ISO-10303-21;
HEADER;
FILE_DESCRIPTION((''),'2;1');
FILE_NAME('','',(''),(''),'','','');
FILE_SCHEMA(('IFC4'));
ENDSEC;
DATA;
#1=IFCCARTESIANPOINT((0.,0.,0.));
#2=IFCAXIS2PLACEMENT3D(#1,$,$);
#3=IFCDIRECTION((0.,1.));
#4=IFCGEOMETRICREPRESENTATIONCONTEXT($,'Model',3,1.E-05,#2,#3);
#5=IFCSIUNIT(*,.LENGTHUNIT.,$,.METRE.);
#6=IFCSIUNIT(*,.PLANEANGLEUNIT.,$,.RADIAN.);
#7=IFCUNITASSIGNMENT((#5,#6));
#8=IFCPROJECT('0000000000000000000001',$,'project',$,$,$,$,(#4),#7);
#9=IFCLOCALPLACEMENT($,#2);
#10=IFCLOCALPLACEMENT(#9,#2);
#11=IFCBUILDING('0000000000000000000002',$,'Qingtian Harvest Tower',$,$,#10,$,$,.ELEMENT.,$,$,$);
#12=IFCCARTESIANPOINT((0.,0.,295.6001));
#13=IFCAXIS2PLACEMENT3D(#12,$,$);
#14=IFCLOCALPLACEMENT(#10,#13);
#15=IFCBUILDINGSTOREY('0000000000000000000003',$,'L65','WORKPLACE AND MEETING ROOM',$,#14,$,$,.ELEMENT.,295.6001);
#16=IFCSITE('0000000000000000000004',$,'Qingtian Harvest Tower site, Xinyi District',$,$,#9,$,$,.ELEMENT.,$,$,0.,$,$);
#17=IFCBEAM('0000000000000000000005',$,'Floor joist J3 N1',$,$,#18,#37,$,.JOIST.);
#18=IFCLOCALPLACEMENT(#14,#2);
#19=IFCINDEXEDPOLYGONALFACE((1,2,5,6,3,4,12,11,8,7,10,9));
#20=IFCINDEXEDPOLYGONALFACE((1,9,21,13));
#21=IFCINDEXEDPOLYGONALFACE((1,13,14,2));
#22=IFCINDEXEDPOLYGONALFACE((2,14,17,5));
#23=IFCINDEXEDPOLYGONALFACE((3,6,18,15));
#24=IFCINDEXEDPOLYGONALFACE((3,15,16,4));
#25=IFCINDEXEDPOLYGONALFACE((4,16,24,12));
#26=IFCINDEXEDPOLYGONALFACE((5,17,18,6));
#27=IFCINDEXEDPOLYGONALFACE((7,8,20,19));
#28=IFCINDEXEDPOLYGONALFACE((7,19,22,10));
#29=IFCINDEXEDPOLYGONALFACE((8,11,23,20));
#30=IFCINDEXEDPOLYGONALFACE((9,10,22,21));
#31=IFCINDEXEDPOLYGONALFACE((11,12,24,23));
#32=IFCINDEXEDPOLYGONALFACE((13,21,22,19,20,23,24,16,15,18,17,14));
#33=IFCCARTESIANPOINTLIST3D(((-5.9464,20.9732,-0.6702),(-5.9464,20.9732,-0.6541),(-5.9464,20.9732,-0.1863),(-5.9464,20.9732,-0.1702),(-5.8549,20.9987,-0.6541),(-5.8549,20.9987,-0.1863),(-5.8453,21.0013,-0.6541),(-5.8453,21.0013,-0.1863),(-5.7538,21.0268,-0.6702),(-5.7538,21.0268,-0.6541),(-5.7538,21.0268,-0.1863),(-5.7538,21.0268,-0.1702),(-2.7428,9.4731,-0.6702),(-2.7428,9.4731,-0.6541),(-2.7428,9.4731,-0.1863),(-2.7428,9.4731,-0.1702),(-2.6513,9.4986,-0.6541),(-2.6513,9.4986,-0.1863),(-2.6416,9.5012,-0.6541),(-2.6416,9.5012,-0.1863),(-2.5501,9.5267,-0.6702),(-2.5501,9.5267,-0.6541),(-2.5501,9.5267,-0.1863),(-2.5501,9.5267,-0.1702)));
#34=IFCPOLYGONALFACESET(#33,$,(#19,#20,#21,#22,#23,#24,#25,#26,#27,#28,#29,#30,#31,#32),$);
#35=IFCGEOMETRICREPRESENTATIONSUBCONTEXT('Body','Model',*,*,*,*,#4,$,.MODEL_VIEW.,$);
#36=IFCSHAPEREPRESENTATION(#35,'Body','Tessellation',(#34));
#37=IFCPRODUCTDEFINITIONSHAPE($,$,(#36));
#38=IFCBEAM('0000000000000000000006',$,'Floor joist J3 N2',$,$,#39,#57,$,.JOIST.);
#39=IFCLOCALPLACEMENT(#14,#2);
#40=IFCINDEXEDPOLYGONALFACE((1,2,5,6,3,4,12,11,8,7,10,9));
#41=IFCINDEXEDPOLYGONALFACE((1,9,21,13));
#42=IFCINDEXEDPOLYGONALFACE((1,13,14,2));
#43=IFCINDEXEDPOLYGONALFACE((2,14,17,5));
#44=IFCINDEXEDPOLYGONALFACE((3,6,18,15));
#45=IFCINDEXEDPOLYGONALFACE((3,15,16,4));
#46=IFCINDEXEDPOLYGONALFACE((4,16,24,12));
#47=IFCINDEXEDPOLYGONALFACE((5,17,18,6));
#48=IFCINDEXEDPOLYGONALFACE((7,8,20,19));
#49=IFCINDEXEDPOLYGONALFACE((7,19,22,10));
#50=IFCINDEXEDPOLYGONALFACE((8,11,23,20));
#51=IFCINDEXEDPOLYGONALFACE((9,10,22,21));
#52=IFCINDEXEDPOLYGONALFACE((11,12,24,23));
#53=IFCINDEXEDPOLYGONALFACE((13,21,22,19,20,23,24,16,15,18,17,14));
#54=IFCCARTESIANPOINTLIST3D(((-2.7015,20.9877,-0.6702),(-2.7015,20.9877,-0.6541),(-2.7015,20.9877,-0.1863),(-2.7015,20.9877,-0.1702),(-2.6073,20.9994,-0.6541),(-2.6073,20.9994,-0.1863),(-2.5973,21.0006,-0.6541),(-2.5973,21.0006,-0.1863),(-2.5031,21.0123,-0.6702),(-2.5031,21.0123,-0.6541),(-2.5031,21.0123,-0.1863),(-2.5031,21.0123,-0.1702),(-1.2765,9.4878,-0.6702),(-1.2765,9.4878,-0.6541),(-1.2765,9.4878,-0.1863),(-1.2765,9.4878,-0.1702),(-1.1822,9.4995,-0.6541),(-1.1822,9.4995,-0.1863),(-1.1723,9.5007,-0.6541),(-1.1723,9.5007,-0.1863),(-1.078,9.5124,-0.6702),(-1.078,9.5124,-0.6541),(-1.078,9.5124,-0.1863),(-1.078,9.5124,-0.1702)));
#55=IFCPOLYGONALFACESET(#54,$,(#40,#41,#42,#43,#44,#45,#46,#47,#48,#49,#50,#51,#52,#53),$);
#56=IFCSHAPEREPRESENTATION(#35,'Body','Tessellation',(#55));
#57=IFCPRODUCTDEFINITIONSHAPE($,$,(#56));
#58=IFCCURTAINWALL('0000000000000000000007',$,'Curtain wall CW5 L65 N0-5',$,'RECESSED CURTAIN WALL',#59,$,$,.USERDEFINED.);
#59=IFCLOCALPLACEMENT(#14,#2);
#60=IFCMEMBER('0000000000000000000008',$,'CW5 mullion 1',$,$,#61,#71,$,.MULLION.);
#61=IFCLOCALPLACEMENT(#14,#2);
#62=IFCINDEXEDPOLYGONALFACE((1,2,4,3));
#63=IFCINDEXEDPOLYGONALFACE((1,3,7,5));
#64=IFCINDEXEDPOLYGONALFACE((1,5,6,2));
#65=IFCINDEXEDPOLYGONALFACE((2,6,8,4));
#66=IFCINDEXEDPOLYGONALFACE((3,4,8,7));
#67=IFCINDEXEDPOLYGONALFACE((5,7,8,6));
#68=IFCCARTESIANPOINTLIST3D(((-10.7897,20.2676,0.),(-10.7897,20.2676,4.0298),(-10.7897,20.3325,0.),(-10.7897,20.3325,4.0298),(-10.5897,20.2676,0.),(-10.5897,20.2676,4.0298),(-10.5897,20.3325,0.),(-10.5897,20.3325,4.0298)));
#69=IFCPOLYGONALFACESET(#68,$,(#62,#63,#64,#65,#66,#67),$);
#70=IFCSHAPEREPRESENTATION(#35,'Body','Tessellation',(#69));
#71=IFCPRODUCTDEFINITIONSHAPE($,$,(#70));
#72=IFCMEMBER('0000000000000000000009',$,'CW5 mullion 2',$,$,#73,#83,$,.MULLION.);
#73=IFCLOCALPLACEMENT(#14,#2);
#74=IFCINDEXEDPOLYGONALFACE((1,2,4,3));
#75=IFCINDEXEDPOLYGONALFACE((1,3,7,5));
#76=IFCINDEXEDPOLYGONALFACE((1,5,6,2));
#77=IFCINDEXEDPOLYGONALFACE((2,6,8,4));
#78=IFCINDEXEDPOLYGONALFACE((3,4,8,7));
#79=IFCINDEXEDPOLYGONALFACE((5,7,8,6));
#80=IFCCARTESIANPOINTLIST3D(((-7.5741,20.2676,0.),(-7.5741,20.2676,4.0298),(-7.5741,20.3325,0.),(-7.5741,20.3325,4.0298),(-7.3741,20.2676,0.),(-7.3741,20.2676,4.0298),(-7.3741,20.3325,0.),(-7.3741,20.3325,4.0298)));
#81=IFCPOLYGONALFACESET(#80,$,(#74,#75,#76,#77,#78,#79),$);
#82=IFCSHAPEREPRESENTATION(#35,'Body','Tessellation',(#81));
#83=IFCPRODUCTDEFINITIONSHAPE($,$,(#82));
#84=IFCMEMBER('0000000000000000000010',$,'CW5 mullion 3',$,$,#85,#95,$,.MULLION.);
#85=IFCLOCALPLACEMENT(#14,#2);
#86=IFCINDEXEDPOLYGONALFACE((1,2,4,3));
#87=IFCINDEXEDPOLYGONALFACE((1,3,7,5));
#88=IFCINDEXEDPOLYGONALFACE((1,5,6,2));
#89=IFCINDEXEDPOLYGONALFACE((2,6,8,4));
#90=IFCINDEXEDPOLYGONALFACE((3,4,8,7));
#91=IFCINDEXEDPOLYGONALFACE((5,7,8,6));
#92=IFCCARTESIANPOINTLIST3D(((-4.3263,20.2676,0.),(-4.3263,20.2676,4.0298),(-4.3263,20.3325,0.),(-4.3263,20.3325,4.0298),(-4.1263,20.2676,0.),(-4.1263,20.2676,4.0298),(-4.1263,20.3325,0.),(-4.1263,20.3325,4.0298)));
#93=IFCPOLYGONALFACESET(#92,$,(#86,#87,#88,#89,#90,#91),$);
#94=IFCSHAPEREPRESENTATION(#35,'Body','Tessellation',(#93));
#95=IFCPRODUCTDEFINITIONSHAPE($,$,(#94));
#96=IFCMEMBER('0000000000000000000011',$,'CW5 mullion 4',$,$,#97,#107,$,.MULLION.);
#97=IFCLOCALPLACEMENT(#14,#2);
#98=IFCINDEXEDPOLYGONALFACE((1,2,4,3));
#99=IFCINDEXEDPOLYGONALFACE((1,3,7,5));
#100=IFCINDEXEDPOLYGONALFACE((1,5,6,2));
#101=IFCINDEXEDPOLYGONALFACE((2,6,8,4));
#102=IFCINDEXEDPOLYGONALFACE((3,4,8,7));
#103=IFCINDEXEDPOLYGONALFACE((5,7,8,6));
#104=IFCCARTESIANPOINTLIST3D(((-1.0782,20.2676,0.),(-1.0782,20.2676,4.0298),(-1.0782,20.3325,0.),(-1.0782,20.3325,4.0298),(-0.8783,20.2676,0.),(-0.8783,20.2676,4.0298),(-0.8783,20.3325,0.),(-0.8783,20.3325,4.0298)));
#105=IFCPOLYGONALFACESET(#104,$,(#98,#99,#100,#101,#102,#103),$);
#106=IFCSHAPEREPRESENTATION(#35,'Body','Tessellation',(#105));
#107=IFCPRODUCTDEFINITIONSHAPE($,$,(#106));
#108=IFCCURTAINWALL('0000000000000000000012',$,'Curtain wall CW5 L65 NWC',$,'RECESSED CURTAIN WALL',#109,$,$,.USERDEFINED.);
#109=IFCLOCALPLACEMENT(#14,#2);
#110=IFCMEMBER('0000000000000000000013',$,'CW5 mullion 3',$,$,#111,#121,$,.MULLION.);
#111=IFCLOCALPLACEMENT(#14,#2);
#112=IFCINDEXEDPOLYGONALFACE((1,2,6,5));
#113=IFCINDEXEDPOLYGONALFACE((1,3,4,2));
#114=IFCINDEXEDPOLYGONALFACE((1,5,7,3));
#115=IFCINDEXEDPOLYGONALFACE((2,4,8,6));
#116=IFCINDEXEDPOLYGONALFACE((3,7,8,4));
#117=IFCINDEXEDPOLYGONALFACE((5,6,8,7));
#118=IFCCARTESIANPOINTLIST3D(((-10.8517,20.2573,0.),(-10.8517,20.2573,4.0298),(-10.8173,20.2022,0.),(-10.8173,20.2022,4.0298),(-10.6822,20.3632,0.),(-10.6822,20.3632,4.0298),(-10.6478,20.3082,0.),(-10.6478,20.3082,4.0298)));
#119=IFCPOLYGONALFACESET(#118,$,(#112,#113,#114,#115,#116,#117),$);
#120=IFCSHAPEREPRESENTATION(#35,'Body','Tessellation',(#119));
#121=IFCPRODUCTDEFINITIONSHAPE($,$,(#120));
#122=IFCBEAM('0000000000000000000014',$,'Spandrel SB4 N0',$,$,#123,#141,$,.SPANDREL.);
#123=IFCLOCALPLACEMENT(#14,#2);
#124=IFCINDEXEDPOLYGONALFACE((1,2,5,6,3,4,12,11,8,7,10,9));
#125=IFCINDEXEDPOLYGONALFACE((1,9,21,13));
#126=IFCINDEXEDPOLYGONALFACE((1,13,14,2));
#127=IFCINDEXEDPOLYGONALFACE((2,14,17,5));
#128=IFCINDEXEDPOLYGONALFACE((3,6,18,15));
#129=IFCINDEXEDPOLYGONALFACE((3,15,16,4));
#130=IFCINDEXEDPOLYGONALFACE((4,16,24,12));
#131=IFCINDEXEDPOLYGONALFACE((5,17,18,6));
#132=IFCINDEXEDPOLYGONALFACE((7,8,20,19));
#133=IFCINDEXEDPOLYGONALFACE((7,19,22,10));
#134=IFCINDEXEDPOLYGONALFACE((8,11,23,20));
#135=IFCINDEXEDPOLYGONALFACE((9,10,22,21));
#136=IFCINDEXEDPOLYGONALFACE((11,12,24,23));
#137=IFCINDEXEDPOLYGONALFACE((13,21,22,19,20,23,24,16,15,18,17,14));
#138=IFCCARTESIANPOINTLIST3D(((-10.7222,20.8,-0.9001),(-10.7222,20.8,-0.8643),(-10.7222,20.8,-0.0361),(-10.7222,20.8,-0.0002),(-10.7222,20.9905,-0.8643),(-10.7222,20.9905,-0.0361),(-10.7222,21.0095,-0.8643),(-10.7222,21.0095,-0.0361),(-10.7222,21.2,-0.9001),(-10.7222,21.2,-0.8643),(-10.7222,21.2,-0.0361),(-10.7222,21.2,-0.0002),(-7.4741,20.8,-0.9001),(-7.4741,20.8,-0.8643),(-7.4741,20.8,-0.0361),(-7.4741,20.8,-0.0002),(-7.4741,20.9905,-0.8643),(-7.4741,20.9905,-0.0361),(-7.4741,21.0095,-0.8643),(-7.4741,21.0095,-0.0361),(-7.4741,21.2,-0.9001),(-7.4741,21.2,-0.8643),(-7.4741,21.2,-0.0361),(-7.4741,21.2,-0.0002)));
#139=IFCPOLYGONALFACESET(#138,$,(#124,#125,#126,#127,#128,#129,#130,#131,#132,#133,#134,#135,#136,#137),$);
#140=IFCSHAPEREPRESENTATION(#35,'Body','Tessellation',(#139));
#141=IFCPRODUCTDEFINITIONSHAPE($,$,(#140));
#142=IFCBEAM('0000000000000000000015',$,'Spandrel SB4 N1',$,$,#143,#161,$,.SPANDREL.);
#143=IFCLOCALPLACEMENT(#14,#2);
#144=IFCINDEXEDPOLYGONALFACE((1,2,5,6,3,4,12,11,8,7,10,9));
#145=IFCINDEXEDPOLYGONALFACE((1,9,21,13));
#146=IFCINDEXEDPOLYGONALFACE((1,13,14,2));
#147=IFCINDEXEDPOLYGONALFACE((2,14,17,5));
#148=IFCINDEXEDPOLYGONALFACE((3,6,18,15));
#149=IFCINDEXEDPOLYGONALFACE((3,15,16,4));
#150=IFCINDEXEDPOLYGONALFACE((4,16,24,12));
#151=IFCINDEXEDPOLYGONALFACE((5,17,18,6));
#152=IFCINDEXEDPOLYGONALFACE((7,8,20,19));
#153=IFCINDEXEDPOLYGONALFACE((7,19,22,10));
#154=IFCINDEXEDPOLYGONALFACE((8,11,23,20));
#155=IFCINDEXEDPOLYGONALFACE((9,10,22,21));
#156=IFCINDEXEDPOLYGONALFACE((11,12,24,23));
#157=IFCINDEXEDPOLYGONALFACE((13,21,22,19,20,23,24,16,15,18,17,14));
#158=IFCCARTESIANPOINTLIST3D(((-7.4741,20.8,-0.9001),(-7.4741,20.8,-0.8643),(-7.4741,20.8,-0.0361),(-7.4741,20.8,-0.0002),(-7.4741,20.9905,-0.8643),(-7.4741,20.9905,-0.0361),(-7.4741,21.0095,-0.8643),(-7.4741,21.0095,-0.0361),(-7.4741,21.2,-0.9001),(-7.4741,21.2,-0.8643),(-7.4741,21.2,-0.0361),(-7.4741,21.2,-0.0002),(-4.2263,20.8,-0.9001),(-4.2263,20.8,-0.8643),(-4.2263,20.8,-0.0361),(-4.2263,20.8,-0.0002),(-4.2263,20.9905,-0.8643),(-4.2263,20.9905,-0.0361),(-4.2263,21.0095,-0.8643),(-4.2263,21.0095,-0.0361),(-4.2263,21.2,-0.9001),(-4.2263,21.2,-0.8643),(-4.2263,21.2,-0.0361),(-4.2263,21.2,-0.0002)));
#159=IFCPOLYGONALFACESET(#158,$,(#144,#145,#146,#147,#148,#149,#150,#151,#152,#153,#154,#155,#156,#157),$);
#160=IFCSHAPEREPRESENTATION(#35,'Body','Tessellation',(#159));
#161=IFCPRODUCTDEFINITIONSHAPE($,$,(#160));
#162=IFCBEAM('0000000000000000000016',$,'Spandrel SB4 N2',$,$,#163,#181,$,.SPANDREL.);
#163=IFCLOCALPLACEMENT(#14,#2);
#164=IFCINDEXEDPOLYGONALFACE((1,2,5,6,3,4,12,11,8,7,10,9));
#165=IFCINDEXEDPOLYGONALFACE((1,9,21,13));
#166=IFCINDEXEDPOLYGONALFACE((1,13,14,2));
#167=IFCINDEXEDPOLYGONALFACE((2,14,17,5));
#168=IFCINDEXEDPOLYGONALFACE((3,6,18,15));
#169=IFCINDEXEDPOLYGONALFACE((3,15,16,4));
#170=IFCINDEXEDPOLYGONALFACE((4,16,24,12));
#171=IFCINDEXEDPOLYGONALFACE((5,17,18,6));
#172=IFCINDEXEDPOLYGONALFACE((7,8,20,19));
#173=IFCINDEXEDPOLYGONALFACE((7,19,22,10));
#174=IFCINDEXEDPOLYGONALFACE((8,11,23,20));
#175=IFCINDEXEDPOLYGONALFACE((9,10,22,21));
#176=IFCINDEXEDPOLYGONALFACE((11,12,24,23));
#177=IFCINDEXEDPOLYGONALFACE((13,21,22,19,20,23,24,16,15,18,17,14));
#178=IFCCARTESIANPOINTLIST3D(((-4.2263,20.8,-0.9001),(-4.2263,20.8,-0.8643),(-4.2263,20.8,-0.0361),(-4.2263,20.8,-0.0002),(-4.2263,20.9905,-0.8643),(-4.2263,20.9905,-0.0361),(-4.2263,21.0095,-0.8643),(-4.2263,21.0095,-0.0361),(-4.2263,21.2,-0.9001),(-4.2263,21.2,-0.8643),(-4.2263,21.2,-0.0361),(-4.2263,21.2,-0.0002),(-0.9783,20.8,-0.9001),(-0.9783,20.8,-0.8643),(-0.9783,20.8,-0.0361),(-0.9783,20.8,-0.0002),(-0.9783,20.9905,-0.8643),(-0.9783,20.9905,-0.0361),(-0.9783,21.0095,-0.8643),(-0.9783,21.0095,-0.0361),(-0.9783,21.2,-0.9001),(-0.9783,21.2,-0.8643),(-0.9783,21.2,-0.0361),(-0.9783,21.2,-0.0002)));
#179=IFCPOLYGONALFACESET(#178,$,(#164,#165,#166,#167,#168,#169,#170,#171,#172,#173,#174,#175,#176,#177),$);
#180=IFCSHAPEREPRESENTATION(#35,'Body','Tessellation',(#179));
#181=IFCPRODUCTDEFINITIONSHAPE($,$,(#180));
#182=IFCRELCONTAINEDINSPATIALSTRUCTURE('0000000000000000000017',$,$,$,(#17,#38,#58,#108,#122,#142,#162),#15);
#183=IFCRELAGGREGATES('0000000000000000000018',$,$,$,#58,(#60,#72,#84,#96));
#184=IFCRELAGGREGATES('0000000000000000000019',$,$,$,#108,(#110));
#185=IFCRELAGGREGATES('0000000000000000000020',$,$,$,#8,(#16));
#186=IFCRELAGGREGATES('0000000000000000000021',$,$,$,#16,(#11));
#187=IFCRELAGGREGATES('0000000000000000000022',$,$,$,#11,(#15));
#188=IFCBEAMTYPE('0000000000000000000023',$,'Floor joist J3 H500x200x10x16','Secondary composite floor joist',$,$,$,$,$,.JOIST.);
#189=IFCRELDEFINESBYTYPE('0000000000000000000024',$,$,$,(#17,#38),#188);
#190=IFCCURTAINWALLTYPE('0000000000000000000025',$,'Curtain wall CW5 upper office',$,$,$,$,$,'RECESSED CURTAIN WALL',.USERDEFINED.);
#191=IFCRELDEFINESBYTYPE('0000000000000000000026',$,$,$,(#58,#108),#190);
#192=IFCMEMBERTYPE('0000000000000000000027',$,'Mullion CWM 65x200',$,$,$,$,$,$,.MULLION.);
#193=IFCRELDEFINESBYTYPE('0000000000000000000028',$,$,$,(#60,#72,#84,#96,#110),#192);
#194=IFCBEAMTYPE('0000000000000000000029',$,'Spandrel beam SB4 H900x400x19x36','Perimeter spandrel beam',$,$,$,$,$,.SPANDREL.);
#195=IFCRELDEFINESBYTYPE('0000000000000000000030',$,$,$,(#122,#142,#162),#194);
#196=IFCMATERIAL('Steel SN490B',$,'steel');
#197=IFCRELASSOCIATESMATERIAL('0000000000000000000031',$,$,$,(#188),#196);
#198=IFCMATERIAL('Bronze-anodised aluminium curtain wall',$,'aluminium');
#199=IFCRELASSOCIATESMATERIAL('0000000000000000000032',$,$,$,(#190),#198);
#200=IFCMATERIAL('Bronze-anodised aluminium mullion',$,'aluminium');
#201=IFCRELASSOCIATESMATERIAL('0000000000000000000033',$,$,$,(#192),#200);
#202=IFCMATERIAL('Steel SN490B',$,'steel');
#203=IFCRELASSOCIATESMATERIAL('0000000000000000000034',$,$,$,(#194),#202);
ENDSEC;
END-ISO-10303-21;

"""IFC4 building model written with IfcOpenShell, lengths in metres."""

from ifc_helpers import new_model, si_unit, direction, frame, origin, origin_2d, place, context, subcontext, project, spatial, rectangle, i_section, extrude, material, material_profile, profile_set, type_object, element, aggregate, save


model = new_model("IFC4")

# Units and contexts
model_context = context("Model", 3, precision=1e-05, world=origin(), true_north=direction((0.0, 1.0)))
body_context = subcontext(model_context, "Body", "Model", "MODEL_VIEW")
ifc_project = project(units=[si_unit("LENGTHUNIT", "METRE"), si_unit("PLANEANGLEUNIT", "RADIAN")], contexts=[model_context])

# Site, building, storey
site_placement = place(None, origin())
site = spatial("IfcSite", under=ifc_project, at=site_placement, Name="Qingtian Harvest Tower site, Xinyi District", CompositionType="ELEMENT", RefElevation=0.0)
building_placement = place(site_placement, origin())
building = spatial("IfcBuilding", under=site, at=building_placement, Name="Qingtian Harvest Tower", CompositionType="ELEMENT")
storey_placement = place(building_placement, frame((0.0, 0.0, 295.6001)))
storey = spatial("IfcBuildingStorey", under=building, at=storey_placement, Name="L65", Description="WORKPLACE AND MEETING ROOM", CompositionType="ELEMENT", Elevation=295.6001)

# Beams
ifc_material_1 = material(Name="Steel SN490B", Category="steel")
ifc_material_profile_1 = material_profile(ifc_material_1, i_section(OverallWidth=0.2, OverallDepth=0.5, WebThickness=0.01, FlangeThickness=0.0161, at=origin_2d()), Name="H500x200x10x16")
ifc_profile_set_1 = profile_set([ifc_material_profile_1], Name="Steel SN490B")
beam_type_1 = type_object("IfcBeamType", Name="Floor joist J3 H500x200x10x16", Description="Secondary composite floor joist", PredefinedType="JOIST", material=ifc_profile_set_1)
beam_1_placement = place(storey_placement, frame((-5.8501, 21.0, -0.4202), z_axis=(0.268357, -0.96332, 0.0), x_axis=(0.96332, 0.268357, 0.0)))
element("IfcBeam", 1, at=beam_1_placement, inside=storey, type_object=beam_type_1, Name="Floor joist J3 N1", PredefinedType="JOIST", context=body_context, shape_type="SweptSolid", body=[
    extrude(i_section(OverallWidth=0.2, OverallDepth=0.5, WebThickness=0.01, FlangeThickness=0.0161, at=origin_2d()), origin(), (0.0, 0.0, 1.0), 11.938),
])
beam_2_placement = place(storey_placement, frame((-2.6023, 21.0, -0.4202), z_axis=(0.122977, -0.99241, 0.0), x_axis=(0.99241, 0.122977, 0.0)))
element("IfcBeam", 2, at=beam_2_placement, inside=storey, type_object=beam_type_1, Name="Floor joist J3 N2", PredefinedType="JOIST", context=body_context, shape_type="SweptSolid", body=[
    extrude(i_section(OverallWidth=0.2, OverallDepth=0.5, WebThickness=0.01, FlangeThickness=0.0161, at=origin_2d()), origin(), (0.0, 0.0, 1.0), 11.5879),
])

# Curtain wall, members
ifc_material_2 = material(Name="Bronze-anodised aluminium curtain wall", Category="aluminium")
curtain_wall_type = type_object("IfcCurtainWallType", Name="Curtain wall CW5 upper office", ElementType="RECESSED CURTAIN WALL", PredefinedType="USERDEFINED", material=ifc_material_2)
curtain_wall_1_placement = place(storey_placement, origin())
curtain_wall_1 = element("IfcCurtainWall", 3, at=curtain_wall_1_placement, inside=storey, type_object=curtain_wall_type, Name="Curtain wall CW5 L65 N0-5", ObjectType="RECESSED CURTAIN WALL", PredefinedType="USERDEFINED")
ifc_material_3 = material(Name="Bronze-anodised aluminium mullion", Category="aluminium")
ifc_material_profile_2 = material_profile(ifc_material_3, rectangle(XDim=0.0649, YDim=0.2, at=origin_2d()), Name="AL 65x200")
ifc_profile_set_2 = profile_set([ifc_material_profile_2], Name="Bronze-anodised aluminium mullion")
member_type_1 = type_object("IfcMemberType", Name="Mullion CWM 65x200", PredefinedType="MULLION", material=ifc_profile_set_2)
member_1_placement = place(storey_placement, frame((-10.6897, 20.3, 0.0), z_axis=(0.0, 0.0, 1.0), x_axis=(0.0, 1.0, 0.0)))
member_1 = element("IfcMember", 4, at=member_1_placement, type_object=member_type_1, Name="CW5 mullion 1", PredefinedType="MULLION", context=body_context, shape_type="SweptSolid", body=[
    extrude(rectangle(XDim=0.0649, YDim=0.2, at=origin_2d()), origin(), (0.0, 0.0, 1.0), 4.0298),
])
member_2_placement = place(storey_placement, frame((-7.4741, 20.3, 0.0), z_axis=(0.0, 0.0, 1.0), x_axis=(0.0, 1.0, 0.0)))
member_2 = element("IfcMember", 5, at=member_2_placement, type_object=member_type_1, Name="CW5 mullion 2", PredefinedType="MULLION", context=body_context, shape_type="SweptSolid", body=[
    extrude(rectangle(XDim=0.0649, YDim=0.2, at=origin_2d()), origin(), (0.0, 0.0, 1.0), 4.0298),
])
member_3_placement = place(storey_placement, frame((-4.2263, 20.3, 0.0), z_axis=(0.0, 0.0, 1.0), x_axis=(0.0, 1.0, 0.0)))
member_3 = element("IfcMember", 6, at=member_3_placement, type_object=member_type_1, Name="CW5 mullion 3", PredefinedType="MULLION", context=body_context, shape_type="SweptSolid", body=[
    extrude(rectangle(XDim=0.0649, YDim=0.2, at=origin_2d()), origin(), (0.0, 0.0, 1.0), 4.0298),
])
member_4_placement = place(storey_placement, frame((-0.9783, 20.3, 0.0), z_axis=(0.0, 0.0, 1.0), x_axis=(0.0, 1.0, 0.0)))
member_4 = element("IfcMember", 7, at=member_4_placement, type_object=member_type_1, Name="CW5 mullion 4", PredefinedType="MULLION", context=body_context, shape_type="SweptSolid", body=[
    extrude(rectangle(XDim=0.0649, YDim=0.2, at=origin_2d()), origin(), (0.0, 0.0, 1.0), 4.0298),
])

# Curtain wall, member
curtain_wall_2_placement = place(storey_placement, origin())
curtain_wall_2 = element("IfcCurtainWall", 8, at=curtain_wall_2_placement, inside=storey, type_object=curtain_wall_type, Name="Curtain wall CW5 L65 NWC", ObjectType="RECESSED CURTAIN WALL", PredefinedType="USERDEFINED")
member_5_placement = place(storey_placement, frame((-10.7498, 20.2827, 0.0), z_axis=(0.0, 0.0, 1.0), x_axis=(-0.529919, 0.848048, 0.0)))
member_5 = element("IfcMember", 9, at=member_5_placement, type_object=member_type_1, Name="CW5 mullion 3", PredefinedType="MULLION", context=body_context, shape_type="SweptSolid", body=[
    extrude(rectangle(XDim=0.0649, YDim=0.2, at=origin_2d()), origin(), (0.0, 0.0, 1.0), 4.0298),
])

# Beams
ifc_material_4 = material(Name="Steel SN490B", Category="steel")
ifc_material_profile_3 = material_profile(ifc_material_4, i_section(OverallWidth=0.3999, OverallDepth=0.8999, WebThickness=0.019, FlangeThickness=0.0359, at=origin_2d()), Name="H900x400x19x36")
ifc_profile_set_3 = profile_set([ifc_material_profile_3], Name="Steel SN490B")
beam_type_2 = type_object("IfcBeamType", Name="Spandrel beam SB4 H900x400x19x36", Description="Perimeter spandrel beam", PredefinedType="SPANDREL", material=ifc_profile_set_3)
beam_3_placement = place(storey_placement, frame((-10.7222, 21.0, -0.4502), z_axis=(1.0, 0.0, 0.0), x_axis=(0.0, 1.0, 0.0)))
element("IfcBeam", 10, at=beam_3_placement, inside=storey, type_object=beam_type_2, Name="Spandrel SB4 N0", PredefinedType="SPANDREL", context=body_context, shape_type="SweptSolid", body=[
    extrude(i_section(OverallWidth=0.3999, OverallDepth=0.8999, WebThickness=0.019, FlangeThickness=0.0359, at=origin_2d()), origin(), (0.0, 0.0, 1.0), 3.248),
])
beam_4_placement = place(storey_placement, frame((-7.4741, 21.0, -0.4502), z_axis=(1.0, 0.0, 0.0), x_axis=(0.0, 1.0, 0.0)))
element("IfcBeam", 11, at=beam_4_placement, inside=storey, type_object=beam_type_2, Name="Spandrel SB4 N1", PredefinedType="SPANDREL", context=body_context, shape_type="SweptSolid", body=[
    extrude(i_section(OverallWidth=0.3999, OverallDepth=0.8999, WebThickness=0.019, FlangeThickness=0.0359, at=origin_2d()), origin(), (0.0, 0.0, 1.0), 3.2478),
])
for number, where, z_axis, x_axis, name in (
    (12, (-4.2263, 21.0, -0.4502), (1.0, 0.0, 0.0), (0.0, 1.0, 0.0), "Spandrel SB4 N2"),
):
    element("IfcBeam", number, at=place(storey_placement, frame(where, z_axis=z_axis, x_axis=x_axis)), inside=storey, type_object=beam_type_2, Name=name, PredefinedType="SPANDREL", context=body_context, shape_type="SweptSolid", body=[
        extrude(i_section(OverallWidth=0.3999, OverallDepth=0.8999, WebThickness=0.019, FlangeThickness=0.0359, at=origin_2d()), origin(), (0.0, 0.0, 1.0), 3.248),
    ])

aggregate(curtain_wall_1, [member_1, member_2, member_3, member_4])
aggregate(curtain_wall_2, [member_5])

save(model, "model.ifc")
